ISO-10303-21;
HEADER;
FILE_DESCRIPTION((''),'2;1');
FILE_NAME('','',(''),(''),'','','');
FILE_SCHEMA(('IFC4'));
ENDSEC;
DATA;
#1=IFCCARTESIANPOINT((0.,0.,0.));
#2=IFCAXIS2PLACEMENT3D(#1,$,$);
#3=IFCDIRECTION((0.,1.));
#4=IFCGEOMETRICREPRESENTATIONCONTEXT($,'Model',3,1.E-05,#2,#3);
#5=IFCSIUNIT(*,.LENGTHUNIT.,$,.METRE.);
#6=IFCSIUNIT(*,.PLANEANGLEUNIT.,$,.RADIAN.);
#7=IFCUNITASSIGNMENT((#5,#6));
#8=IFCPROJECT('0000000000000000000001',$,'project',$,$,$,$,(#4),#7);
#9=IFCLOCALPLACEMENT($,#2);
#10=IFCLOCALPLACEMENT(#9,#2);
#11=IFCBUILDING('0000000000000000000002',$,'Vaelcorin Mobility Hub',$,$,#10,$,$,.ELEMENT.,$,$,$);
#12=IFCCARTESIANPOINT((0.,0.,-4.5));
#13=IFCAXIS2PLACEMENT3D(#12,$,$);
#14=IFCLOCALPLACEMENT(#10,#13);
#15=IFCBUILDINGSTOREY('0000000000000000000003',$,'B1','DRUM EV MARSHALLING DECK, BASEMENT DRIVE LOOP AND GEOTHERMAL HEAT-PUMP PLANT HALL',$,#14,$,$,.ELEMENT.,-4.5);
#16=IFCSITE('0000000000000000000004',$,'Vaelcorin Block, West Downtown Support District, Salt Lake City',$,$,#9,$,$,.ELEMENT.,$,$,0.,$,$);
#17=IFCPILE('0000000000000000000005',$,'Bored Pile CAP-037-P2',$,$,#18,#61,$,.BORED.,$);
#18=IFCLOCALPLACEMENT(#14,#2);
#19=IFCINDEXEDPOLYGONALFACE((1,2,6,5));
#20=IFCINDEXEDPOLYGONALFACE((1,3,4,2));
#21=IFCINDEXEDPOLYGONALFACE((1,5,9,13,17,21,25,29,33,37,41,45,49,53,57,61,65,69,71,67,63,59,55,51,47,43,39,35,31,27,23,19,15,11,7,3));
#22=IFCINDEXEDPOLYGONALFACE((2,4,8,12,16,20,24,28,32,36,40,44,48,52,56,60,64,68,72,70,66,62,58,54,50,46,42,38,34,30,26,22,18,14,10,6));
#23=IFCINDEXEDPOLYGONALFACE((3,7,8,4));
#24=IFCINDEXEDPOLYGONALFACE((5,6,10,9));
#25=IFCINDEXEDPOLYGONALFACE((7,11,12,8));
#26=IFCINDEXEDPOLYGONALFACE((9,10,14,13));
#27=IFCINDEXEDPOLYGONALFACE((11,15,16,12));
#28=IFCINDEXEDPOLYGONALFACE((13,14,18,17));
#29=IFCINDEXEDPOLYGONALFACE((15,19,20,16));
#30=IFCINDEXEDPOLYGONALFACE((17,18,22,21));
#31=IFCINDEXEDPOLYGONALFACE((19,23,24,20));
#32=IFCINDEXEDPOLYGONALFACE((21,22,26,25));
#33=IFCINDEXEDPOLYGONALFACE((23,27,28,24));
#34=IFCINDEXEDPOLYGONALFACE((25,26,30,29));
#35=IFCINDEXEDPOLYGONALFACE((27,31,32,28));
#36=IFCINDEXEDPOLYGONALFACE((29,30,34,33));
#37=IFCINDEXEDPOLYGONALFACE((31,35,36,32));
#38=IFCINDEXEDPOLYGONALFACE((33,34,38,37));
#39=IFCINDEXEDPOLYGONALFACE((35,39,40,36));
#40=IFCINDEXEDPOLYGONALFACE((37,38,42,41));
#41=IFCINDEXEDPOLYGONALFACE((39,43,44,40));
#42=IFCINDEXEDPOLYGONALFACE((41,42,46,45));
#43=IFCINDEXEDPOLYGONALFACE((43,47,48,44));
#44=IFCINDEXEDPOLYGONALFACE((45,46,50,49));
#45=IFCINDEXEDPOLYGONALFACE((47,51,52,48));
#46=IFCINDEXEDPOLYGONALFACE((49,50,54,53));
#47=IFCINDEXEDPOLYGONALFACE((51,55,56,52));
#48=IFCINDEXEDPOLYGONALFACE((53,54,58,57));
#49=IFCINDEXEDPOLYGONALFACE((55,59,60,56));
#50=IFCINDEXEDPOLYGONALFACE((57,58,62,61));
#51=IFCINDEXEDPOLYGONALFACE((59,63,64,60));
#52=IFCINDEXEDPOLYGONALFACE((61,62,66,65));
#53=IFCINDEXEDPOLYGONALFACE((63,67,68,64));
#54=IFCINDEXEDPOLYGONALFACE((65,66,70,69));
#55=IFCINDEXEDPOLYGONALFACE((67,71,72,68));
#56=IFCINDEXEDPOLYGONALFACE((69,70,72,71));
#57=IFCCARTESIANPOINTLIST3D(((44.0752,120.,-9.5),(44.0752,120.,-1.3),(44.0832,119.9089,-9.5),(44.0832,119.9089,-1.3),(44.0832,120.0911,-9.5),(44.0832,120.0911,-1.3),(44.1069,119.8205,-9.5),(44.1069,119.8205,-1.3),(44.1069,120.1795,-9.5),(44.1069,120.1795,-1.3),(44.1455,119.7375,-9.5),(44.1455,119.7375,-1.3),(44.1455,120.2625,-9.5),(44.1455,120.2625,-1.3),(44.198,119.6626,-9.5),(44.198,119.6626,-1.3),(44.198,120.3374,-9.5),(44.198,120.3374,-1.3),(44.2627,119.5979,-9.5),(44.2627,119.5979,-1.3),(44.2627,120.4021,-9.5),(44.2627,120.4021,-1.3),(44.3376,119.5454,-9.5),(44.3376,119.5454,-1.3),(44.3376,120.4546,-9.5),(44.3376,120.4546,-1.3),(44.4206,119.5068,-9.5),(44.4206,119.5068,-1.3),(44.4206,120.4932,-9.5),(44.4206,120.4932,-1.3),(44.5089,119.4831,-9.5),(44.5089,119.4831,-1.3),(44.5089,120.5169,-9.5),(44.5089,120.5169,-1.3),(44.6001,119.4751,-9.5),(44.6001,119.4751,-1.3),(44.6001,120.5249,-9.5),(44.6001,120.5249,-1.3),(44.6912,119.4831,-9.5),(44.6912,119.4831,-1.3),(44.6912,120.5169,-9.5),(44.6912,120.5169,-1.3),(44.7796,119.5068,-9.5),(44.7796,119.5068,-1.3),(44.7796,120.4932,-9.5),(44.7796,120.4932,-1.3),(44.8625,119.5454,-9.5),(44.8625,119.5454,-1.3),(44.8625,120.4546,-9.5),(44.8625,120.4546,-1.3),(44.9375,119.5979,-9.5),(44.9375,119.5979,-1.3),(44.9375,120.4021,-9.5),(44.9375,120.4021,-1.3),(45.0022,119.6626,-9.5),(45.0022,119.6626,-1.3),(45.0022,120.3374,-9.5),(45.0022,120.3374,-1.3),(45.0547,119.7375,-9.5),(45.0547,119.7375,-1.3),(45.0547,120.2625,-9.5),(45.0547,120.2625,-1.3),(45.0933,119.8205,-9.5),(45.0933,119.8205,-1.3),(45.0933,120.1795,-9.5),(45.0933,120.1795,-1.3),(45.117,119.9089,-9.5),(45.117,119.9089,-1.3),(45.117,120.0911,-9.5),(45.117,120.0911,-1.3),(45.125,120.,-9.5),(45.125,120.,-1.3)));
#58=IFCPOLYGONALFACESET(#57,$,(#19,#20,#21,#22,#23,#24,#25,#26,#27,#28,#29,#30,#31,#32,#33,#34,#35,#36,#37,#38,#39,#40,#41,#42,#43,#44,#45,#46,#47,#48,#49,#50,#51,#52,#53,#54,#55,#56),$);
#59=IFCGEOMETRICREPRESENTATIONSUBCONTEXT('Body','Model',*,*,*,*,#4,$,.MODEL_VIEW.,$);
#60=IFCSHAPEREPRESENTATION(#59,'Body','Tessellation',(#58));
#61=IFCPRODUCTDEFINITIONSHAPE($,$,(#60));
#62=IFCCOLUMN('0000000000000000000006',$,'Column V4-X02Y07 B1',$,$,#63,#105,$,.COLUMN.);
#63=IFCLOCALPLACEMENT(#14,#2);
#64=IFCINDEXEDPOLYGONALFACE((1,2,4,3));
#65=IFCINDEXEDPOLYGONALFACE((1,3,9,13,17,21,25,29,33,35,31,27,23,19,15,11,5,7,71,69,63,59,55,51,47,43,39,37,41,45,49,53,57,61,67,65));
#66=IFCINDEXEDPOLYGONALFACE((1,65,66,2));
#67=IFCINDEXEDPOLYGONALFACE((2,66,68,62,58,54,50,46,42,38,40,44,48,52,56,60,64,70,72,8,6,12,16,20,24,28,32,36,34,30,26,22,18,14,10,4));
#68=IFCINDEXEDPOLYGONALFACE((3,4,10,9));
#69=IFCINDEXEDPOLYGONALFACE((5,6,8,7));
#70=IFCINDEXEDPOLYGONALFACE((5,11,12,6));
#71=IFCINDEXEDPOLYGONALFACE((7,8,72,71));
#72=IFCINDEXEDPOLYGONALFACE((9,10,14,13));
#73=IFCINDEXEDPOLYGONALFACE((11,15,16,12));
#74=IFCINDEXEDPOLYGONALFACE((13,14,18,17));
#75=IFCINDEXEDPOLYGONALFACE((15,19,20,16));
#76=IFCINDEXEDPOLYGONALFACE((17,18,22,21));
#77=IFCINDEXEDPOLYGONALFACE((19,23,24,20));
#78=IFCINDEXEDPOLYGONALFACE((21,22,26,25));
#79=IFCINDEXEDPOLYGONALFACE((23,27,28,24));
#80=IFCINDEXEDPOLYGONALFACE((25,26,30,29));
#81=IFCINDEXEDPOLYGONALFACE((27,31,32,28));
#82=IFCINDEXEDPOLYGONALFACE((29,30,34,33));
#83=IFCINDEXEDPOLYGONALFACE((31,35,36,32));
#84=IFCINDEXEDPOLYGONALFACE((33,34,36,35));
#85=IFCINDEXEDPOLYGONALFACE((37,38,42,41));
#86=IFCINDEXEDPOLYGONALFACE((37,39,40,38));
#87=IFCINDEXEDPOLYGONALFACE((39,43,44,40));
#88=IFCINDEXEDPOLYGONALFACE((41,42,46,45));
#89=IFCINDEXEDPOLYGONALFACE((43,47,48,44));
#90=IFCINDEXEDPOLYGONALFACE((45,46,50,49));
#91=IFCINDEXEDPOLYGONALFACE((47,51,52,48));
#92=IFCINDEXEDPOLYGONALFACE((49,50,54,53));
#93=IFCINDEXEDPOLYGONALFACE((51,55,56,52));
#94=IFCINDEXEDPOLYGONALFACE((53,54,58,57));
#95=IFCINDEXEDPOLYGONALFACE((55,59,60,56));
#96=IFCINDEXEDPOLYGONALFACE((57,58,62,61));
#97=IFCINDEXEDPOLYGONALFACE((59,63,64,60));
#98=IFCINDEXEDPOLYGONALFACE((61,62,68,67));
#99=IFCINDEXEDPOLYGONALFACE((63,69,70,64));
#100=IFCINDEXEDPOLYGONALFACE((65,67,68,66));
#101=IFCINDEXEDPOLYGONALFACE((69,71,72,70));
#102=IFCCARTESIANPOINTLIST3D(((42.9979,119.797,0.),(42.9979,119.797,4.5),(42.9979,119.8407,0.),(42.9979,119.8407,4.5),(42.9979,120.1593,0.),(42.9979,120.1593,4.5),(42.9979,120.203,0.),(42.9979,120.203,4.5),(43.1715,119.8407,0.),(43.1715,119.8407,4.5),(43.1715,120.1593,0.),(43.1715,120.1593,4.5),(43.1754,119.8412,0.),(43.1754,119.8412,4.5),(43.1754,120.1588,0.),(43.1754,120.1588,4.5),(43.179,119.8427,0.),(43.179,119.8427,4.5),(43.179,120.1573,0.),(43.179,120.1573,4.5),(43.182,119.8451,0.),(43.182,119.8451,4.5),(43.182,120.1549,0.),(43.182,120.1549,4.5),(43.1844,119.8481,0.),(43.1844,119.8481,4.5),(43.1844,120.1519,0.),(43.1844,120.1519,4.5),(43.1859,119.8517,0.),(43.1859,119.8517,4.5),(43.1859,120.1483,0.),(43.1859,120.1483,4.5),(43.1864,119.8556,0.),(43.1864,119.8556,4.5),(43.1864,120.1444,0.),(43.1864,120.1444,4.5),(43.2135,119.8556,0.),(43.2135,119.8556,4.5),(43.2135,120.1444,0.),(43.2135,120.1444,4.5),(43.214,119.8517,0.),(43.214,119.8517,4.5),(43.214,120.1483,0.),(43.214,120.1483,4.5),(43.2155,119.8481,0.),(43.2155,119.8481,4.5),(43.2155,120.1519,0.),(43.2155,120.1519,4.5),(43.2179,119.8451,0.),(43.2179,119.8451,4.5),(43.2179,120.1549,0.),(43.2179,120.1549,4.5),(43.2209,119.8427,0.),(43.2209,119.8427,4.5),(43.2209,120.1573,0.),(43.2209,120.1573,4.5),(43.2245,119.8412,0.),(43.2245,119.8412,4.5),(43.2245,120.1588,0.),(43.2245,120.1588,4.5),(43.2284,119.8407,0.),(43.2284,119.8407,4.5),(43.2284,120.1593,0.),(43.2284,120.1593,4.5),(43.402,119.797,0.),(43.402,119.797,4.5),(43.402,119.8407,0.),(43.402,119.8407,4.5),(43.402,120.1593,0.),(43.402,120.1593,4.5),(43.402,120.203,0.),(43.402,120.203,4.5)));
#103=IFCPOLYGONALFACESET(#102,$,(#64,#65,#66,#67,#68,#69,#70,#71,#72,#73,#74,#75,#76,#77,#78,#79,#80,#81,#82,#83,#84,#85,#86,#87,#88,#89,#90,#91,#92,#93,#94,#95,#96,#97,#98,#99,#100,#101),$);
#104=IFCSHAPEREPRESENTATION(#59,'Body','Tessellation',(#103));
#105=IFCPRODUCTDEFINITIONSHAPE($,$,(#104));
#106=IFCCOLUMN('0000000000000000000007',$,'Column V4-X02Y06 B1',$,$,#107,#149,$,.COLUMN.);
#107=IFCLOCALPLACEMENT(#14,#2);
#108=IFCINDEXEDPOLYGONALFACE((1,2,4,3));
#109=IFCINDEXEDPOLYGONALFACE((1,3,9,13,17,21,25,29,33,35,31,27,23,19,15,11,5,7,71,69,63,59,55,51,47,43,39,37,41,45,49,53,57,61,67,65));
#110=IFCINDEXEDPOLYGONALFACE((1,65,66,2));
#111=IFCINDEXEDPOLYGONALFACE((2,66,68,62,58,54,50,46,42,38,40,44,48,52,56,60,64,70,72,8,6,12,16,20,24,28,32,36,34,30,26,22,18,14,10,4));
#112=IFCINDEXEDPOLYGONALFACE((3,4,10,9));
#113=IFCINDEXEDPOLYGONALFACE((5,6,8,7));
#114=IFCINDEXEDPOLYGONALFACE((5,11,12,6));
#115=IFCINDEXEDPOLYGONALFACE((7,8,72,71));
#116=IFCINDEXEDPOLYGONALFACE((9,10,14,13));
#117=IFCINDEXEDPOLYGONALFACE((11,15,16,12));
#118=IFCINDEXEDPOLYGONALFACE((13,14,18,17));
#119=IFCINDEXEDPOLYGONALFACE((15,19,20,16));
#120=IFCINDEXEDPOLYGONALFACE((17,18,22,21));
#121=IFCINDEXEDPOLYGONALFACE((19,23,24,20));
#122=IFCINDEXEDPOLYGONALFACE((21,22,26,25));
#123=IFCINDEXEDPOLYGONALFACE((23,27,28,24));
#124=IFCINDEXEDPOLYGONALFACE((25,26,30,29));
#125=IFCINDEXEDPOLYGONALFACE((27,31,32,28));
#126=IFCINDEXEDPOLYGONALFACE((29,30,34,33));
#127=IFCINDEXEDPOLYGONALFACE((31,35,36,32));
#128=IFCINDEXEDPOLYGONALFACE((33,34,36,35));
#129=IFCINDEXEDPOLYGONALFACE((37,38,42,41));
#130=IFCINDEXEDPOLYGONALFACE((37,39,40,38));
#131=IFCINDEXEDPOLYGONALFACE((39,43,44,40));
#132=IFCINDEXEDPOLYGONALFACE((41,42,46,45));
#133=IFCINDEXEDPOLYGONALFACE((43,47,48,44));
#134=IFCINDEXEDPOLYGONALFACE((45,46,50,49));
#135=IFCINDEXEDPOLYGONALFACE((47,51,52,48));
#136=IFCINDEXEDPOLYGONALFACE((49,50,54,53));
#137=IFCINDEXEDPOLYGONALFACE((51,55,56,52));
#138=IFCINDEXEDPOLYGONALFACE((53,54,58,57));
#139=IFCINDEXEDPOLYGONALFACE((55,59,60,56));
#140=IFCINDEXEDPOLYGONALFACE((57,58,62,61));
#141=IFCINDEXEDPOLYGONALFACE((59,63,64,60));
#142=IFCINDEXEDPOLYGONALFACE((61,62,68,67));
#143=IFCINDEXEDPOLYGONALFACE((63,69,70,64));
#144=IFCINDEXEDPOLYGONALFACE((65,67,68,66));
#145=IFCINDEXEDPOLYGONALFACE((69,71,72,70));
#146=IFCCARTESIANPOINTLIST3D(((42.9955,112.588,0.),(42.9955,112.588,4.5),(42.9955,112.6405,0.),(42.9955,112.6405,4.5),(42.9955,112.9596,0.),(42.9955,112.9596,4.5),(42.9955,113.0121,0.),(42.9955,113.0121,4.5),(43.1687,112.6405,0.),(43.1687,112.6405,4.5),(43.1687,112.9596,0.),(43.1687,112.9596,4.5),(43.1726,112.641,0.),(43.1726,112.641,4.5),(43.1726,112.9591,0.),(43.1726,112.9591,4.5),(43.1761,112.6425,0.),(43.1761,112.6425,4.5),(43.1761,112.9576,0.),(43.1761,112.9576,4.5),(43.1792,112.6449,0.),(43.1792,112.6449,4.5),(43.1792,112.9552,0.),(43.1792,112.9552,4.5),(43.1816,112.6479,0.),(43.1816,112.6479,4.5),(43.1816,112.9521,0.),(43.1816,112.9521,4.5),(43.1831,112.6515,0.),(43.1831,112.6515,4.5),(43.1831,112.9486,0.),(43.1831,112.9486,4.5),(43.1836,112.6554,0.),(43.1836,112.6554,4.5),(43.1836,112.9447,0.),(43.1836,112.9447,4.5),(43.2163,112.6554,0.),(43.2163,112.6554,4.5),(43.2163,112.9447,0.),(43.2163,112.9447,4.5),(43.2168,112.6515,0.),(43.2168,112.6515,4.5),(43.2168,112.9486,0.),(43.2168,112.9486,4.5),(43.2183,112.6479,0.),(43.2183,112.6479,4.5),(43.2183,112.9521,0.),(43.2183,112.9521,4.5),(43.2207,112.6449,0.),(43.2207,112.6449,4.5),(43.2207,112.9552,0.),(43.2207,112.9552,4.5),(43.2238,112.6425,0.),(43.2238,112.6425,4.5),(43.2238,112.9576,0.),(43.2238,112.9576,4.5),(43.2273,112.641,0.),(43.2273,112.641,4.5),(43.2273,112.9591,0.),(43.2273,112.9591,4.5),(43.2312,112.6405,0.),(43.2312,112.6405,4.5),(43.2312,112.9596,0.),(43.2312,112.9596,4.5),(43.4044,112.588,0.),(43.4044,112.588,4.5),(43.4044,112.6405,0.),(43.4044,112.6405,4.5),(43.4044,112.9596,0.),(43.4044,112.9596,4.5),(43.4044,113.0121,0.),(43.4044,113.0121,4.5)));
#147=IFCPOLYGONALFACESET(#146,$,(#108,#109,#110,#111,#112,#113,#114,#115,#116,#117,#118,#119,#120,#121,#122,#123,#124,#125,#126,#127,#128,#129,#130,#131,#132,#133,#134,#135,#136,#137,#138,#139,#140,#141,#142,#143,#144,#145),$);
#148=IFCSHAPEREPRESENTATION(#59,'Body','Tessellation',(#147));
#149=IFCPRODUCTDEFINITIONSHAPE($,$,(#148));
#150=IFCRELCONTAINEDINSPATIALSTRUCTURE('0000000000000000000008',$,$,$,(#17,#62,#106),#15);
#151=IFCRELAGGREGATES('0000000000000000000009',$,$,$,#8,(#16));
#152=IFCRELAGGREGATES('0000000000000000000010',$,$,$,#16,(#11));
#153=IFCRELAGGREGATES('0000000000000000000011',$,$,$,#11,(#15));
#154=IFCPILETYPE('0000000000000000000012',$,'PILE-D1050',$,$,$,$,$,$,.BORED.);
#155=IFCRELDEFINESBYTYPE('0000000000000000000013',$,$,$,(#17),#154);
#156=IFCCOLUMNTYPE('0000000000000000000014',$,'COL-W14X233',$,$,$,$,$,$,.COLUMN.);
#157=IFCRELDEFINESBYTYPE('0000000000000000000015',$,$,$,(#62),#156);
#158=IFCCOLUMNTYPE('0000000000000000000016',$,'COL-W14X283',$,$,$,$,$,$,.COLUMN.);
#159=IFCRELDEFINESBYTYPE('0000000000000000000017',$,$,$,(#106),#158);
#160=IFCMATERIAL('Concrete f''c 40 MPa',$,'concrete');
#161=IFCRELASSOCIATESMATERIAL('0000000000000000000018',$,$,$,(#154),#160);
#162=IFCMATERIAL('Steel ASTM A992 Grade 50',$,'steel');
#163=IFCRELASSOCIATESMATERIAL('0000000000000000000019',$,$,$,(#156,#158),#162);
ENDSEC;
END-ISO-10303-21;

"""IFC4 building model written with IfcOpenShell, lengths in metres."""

from ifc_helpers import new_model, si_unit, direction, frame, origin, origin_2d, place, context, subcontext, project, spatial, circle, i_section, extrude, material, material_profile, profile_set, type_object, element, save


model = new_model("IFC4")

# Units and contexts
model_context = context("Model", 3, precision=1e-05, world=origin(), true_north=direction((0.0, 1.0)))
body_context = subcontext(model_context, "Body", "Model", "MODEL_VIEW")
ifc_project = project(units=[si_unit("LENGTHUNIT", "METRE"), si_unit("PLANEANGLEUNIT", "RADIAN")], contexts=[model_context])

# Site, building, storey
site_placement = place(None, origin())
site = spatial("IfcSite", under=ifc_project, at=site_placement, Name="Vaelcorin Block, West Downtown Support District, Salt Lake City", CompositionType="ELEMENT", RefElevation=0.0)
building_placement = place(site_placement, origin())
building = spatial("IfcBuilding", under=site, at=building_placement, Name="Vaelcorin Mobility Hub", CompositionType="ELEMENT")
storey_placement = place(building_placement, frame((0.0, 0.0, -4.5)))
storey = spatial("IfcBuildingStorey", under=building, at=storey_placement, Name="B1", Description="DRUM EV MARSHALLING DECK, BASEMENT DRIVE LOOP AND GEOTHERMAL HEAT-PUMP PLANT HALL", CompositionType="ELEMENT", Elevation=-4.5)

# Shared definitions
ifc_material_1 = material(Name="Concrete f'c 40 MPa", Category="concrete")

# Pile
ifc_material_profile_1 = material_profile(ifc_material_1, circle(Radius=0.5249, at=origin_2d()), Name="BP-D1050")
ifc_profile_set_1 = profile_set([ifc_material_profile_1], Name="Concrete f'c 40 MPa")
pile_type = type_object("IfcPileType", Name="PILE-D1050", PredefinedType="BORED", material=ifc_profile_set_1)
for number, where, z_axis, x_axis, name in (
    (1, (44.6001, 120.0, -1.3), (0.0, 0.0, -1.0), (1.0, 0.0, 0.0), "Bored Pile CAP-037-P2"),
):
    element("IfcPile", number, at=place(storey_placement, frame(where, z_axis=z_axis, x_axis=x_axis)), inside=storey, type_object=pile_type, Name=name, PredefinedType="BORED", context=body_context, shape_type="SweptSolid", body=[
        extrude(circle(Radius=0.5249, at=origin_2d()), origin(), (0.0, 0.0, 1.0), 8.2),
    ])

# Columns
ifc_material_2 = material(Name="Steel ASTM A992 Grade 50", Category="steel")
ifc_material_profile_2 = material_profile(ifc_material_2, i_section(OverallWidth=0.4041, OverallDepth=0.406, WebThickness=0.0271, FlangeThickness=0.0437, FilletRadius=0.0149, at=origin_2d()), Name="W14X233")
ifc_profile_set_2 = profile_set([ifc_material_profile_2], Name="Steel ASTM A992 Grade 50")
column_type_1 = type_object("IfcColumnType", Name="COL-W14X233", PredefinedType="COLUMN", material=ifc_profile_set_2)
column_1_placement = place(storey_placement, frame((43.2, 120.0, 0.0), z_axis=(0.0, 0.0, 1.0), x_axis=(1.0, 0.0, 0.0)))
element("IfcColumn", 2, at=column_1_placement, inside=storey, type_object=column_type_1, Name="Column V4-X02Y07 B1", PredefinedType="COLUMN", context=body_context, shape_type="SweptSolid", body=[
    extrude(i_section(OverallWidth=0.4041, OverallDepth=0.406, WebThickness=0.0271, FlangeThickness=0.0437, FilletRadius=0.0149, at=origin_2d()), origin(), (0.0, 0.0, 1.0), 4.5),
])
ifc_material_profile_3 = material_profile(ifc_material_2, i_section(OverallWidth=0.4089, OverallDepth=0.4241, WebThickness=0.0327, FlangeThickness=0.0525, FilletRadius=0.0149, at=origin_2d()), Name="W14X283")
ifc_profile_set_3 = profile_set([ifc_material_profile_3], Name="Steel ASTM A992 Grade 50")
column_type_2 = type_object("IfcColumnType", Name="COL-W14X283", PredefinedType="COLUMN", material=ifc_profile_set_3)
column_2_placement = place(storey_placement, frame((43.2, 112.8, 0.0), z_axis=(0.0, 0.0, 1.0), x_axis=(1.0, 0.0, 0.0)))
element("IfcColumn", 3, at=column_2_placement, inside=storey, type_object=column_type_2, Name="Column V4-X02Y06 B1", PredefinedType="COLUMN", context=body_context, shape_type="SweptSolid", body=[
    extrude(i_section(OverallWidth=0.4089, OverallDepth=0.4241, WebThickness=0.0327, FlangeThickness=0.0525, FilletRadius=0.0149, at=origin_2d()), origin(), (0.0, 0.0, 1.0), 4.5),
])

save(model, "model.ifc")
